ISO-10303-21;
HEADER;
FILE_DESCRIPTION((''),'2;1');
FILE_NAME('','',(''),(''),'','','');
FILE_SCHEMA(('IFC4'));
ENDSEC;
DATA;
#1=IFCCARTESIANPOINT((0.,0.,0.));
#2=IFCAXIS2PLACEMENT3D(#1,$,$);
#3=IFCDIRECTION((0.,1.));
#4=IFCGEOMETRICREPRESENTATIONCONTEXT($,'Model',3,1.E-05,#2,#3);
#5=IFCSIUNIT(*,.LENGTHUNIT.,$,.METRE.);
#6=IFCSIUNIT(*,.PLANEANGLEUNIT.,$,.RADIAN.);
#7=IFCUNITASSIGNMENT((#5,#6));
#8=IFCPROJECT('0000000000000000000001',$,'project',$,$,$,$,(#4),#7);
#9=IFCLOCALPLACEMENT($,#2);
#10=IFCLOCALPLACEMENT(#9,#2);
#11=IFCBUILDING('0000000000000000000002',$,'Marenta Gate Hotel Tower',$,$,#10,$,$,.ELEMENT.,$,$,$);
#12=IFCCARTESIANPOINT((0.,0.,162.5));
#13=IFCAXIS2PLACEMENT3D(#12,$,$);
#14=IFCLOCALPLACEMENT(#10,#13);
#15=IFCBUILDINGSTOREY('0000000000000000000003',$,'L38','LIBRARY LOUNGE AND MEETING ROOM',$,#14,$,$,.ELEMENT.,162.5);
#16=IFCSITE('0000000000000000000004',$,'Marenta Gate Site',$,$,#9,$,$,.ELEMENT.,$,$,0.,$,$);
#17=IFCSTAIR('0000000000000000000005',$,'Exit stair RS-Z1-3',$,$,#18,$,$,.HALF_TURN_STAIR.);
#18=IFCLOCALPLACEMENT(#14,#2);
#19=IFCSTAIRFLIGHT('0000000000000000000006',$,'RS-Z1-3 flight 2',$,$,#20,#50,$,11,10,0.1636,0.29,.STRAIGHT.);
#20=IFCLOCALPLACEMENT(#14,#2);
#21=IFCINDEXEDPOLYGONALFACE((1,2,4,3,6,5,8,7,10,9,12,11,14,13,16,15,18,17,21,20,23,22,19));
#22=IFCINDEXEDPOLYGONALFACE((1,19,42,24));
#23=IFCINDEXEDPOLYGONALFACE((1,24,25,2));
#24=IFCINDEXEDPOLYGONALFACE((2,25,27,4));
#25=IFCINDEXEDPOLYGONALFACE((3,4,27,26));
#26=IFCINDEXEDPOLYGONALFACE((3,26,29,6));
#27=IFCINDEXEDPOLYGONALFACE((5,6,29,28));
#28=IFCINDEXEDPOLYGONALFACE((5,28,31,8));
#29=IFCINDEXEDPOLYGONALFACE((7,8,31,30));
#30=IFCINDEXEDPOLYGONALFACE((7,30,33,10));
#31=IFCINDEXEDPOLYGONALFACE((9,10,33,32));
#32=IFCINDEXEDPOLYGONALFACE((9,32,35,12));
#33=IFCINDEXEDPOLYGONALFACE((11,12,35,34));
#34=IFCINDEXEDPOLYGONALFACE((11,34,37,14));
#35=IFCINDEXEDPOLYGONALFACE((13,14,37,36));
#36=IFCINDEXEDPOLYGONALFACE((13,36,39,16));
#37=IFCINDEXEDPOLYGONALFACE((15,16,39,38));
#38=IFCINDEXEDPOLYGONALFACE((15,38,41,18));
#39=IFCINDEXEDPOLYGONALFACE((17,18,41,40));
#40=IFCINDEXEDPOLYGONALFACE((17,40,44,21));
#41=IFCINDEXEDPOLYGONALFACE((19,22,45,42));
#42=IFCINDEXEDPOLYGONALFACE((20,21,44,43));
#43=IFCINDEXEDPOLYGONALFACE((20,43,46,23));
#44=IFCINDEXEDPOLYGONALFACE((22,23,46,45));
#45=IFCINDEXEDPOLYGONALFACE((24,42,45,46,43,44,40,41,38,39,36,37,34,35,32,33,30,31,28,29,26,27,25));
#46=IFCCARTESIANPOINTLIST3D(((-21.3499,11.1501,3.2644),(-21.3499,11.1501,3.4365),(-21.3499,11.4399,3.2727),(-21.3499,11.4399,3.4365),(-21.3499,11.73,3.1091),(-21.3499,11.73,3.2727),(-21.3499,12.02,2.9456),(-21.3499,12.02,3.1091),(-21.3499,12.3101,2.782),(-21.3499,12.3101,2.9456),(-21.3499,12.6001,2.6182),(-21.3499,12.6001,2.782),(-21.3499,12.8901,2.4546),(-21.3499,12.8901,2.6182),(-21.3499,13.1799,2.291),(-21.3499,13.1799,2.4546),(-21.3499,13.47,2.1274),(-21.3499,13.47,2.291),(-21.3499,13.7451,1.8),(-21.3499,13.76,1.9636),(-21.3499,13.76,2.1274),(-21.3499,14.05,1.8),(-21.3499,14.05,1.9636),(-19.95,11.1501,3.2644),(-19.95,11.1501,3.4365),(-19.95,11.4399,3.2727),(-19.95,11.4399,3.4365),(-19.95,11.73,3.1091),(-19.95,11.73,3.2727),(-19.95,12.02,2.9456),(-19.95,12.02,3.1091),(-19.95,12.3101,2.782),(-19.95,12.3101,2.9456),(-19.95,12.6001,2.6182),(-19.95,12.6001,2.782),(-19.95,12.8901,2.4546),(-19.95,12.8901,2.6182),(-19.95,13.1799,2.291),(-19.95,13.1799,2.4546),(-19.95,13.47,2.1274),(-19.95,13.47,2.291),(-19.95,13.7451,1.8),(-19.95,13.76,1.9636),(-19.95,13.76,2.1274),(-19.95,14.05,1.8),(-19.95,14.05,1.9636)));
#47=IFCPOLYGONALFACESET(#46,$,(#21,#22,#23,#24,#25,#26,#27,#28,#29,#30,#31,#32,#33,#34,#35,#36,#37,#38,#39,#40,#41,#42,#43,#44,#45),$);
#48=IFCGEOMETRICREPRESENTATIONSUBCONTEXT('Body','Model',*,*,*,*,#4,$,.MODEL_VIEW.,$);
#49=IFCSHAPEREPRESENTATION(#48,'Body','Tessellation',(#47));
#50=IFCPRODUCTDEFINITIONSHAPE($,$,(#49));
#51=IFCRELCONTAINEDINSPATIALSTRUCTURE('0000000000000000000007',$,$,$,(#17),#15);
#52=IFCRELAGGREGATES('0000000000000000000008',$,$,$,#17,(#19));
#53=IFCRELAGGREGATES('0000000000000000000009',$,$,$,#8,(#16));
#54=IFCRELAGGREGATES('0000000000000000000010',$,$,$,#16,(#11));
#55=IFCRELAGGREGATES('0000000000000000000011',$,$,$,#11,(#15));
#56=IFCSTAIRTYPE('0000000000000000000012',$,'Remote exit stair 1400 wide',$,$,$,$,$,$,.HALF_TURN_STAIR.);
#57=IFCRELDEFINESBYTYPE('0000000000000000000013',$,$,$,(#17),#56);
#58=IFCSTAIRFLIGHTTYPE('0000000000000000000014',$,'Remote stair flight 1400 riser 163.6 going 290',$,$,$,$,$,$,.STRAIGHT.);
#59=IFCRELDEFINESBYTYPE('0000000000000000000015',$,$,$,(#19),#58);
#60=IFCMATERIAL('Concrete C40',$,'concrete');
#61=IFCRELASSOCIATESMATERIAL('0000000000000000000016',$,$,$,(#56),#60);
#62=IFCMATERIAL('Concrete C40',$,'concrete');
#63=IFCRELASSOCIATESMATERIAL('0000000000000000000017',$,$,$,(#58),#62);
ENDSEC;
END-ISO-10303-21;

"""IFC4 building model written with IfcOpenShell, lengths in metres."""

from ifc_helpers import new_model, si_unit, direction, frame, origin, place, context, subcontext, project, spatial, polyline, outline, extrude, material, type_object, element, aggregate, save


model = new_model("IFC4")

# Units and contexts
model_context = context("Model", 3, precision=1e-05, world=origin(), true_north=direction((0.0, 1.0)))
body_context = subcontext(model_context, "Body", "Model", "MODEL_VIEW")
ifc_project = project(units=[si_unit("LENGTHUNIT", "METRE"), si_unit("PLANEANGLEUNIT", "RADIAN")], contexts=[model_context])

# Site, building, storey
site_placement = place(None, origin())
site = spatial("IfcSite", under=ifc_project, at=site_placement, Name="Marenta Gate Site", CompositionType="ELEMENT", RefElevation=0.0)
building_placement = place(site_placement, origin())
building = spatial("IfcBuilding", under=site, at=building_placement, Name="Marenta Gate Hotel Tower", CompositionType="ELEMENT")
storey_placement = place(building_placement, frame((0.0, 0.0, 162.5)))
storey = spatial("IfcBuildingStorey", under=building, at=storey_placement, Name="L38", Description="LIBRARY LOUNGE AND MEETING ROOM", CompositionType="ELEMENT", Elevation=162.5)

# Stair, stair flight
ifc_material_1 = material(Name="Concrete C40", Category="concrete")
stair_type = type_object("IfcStairType", Name="Remote exit stair 1400 wide", PredefinedType="HALF_TURN_STAIR", material=ifc_material_1)
stair_placement = place(storey_placement, origin())
stair = element("IfcStair", 1, at=stair_placement, inside=storey, type_object=stair_type, Name="Exit stair RS-Z1-3", PredefinedType="HALF_TURN_STAIR")
ifc_material_2 = material(Name="Concrete C40", Category="concrete")
stair_flight_type = type_object("IfcStairFlightType", Name="Remote stair flight 1400 riser 163.6 going 290", PredefinedType="STRAIGHT", material=ifc_material_2)
stair_flight_placement = place(storey_placement, frame((-20.6499, 14.05, 1.8), z_axis=(0.0, 0.0, 1.0), x_axis=(0.0, -1.0, 0.0)))
stair_flight = element("IfcStairFlight", 2, at=stair_flight_placement, type_object=stair_flight_type, Name="RS-Z1-3 flight 2", NumberOfRisers=11, NumberOfTreads=10, PredefinedType="STRAIGHT", RiserHeight=0.1636, TreadLength=0.29, context=body_context, shape_type="SweptSolid", body=[
    extrude(outline(polyline([(0.0, 0.0), (0.0, 0.1636), (0.29, 0.1636), (0.29, 0.3274), (0.5801, 0.3274), (0.5801, 0.491), (0.8701, 0.491), (0.8701, 0.6545), (1.1599, 0.6545), (1.1599, 0.8181), (1.45, 0.8181), (1.45, 0.9819), (1.74, 0.9819), (1.74, 1.1455), (2.03, 1.1455), (2.03, 1.3091), (2.3201, 1.3091), (2.3201, 1.4727), (2.6101, 1.4727), (2.6101, 1.6365), (2.8999, 1.6365), (2.8999, 1.8), (2.8999, 1.4644), (0.3049, 0.0), (0.0, 0.0)])), frame((0.0, 0.7, 0.0), z_axis=(0.0, -1.0, 0.0), x_axis=(1.0, 0.0, 0.0)), (0.0, 0.0, 1.0), 1.3999),
])
aggregate(stair, [stair_flight])

save(model, "model.ifc")
